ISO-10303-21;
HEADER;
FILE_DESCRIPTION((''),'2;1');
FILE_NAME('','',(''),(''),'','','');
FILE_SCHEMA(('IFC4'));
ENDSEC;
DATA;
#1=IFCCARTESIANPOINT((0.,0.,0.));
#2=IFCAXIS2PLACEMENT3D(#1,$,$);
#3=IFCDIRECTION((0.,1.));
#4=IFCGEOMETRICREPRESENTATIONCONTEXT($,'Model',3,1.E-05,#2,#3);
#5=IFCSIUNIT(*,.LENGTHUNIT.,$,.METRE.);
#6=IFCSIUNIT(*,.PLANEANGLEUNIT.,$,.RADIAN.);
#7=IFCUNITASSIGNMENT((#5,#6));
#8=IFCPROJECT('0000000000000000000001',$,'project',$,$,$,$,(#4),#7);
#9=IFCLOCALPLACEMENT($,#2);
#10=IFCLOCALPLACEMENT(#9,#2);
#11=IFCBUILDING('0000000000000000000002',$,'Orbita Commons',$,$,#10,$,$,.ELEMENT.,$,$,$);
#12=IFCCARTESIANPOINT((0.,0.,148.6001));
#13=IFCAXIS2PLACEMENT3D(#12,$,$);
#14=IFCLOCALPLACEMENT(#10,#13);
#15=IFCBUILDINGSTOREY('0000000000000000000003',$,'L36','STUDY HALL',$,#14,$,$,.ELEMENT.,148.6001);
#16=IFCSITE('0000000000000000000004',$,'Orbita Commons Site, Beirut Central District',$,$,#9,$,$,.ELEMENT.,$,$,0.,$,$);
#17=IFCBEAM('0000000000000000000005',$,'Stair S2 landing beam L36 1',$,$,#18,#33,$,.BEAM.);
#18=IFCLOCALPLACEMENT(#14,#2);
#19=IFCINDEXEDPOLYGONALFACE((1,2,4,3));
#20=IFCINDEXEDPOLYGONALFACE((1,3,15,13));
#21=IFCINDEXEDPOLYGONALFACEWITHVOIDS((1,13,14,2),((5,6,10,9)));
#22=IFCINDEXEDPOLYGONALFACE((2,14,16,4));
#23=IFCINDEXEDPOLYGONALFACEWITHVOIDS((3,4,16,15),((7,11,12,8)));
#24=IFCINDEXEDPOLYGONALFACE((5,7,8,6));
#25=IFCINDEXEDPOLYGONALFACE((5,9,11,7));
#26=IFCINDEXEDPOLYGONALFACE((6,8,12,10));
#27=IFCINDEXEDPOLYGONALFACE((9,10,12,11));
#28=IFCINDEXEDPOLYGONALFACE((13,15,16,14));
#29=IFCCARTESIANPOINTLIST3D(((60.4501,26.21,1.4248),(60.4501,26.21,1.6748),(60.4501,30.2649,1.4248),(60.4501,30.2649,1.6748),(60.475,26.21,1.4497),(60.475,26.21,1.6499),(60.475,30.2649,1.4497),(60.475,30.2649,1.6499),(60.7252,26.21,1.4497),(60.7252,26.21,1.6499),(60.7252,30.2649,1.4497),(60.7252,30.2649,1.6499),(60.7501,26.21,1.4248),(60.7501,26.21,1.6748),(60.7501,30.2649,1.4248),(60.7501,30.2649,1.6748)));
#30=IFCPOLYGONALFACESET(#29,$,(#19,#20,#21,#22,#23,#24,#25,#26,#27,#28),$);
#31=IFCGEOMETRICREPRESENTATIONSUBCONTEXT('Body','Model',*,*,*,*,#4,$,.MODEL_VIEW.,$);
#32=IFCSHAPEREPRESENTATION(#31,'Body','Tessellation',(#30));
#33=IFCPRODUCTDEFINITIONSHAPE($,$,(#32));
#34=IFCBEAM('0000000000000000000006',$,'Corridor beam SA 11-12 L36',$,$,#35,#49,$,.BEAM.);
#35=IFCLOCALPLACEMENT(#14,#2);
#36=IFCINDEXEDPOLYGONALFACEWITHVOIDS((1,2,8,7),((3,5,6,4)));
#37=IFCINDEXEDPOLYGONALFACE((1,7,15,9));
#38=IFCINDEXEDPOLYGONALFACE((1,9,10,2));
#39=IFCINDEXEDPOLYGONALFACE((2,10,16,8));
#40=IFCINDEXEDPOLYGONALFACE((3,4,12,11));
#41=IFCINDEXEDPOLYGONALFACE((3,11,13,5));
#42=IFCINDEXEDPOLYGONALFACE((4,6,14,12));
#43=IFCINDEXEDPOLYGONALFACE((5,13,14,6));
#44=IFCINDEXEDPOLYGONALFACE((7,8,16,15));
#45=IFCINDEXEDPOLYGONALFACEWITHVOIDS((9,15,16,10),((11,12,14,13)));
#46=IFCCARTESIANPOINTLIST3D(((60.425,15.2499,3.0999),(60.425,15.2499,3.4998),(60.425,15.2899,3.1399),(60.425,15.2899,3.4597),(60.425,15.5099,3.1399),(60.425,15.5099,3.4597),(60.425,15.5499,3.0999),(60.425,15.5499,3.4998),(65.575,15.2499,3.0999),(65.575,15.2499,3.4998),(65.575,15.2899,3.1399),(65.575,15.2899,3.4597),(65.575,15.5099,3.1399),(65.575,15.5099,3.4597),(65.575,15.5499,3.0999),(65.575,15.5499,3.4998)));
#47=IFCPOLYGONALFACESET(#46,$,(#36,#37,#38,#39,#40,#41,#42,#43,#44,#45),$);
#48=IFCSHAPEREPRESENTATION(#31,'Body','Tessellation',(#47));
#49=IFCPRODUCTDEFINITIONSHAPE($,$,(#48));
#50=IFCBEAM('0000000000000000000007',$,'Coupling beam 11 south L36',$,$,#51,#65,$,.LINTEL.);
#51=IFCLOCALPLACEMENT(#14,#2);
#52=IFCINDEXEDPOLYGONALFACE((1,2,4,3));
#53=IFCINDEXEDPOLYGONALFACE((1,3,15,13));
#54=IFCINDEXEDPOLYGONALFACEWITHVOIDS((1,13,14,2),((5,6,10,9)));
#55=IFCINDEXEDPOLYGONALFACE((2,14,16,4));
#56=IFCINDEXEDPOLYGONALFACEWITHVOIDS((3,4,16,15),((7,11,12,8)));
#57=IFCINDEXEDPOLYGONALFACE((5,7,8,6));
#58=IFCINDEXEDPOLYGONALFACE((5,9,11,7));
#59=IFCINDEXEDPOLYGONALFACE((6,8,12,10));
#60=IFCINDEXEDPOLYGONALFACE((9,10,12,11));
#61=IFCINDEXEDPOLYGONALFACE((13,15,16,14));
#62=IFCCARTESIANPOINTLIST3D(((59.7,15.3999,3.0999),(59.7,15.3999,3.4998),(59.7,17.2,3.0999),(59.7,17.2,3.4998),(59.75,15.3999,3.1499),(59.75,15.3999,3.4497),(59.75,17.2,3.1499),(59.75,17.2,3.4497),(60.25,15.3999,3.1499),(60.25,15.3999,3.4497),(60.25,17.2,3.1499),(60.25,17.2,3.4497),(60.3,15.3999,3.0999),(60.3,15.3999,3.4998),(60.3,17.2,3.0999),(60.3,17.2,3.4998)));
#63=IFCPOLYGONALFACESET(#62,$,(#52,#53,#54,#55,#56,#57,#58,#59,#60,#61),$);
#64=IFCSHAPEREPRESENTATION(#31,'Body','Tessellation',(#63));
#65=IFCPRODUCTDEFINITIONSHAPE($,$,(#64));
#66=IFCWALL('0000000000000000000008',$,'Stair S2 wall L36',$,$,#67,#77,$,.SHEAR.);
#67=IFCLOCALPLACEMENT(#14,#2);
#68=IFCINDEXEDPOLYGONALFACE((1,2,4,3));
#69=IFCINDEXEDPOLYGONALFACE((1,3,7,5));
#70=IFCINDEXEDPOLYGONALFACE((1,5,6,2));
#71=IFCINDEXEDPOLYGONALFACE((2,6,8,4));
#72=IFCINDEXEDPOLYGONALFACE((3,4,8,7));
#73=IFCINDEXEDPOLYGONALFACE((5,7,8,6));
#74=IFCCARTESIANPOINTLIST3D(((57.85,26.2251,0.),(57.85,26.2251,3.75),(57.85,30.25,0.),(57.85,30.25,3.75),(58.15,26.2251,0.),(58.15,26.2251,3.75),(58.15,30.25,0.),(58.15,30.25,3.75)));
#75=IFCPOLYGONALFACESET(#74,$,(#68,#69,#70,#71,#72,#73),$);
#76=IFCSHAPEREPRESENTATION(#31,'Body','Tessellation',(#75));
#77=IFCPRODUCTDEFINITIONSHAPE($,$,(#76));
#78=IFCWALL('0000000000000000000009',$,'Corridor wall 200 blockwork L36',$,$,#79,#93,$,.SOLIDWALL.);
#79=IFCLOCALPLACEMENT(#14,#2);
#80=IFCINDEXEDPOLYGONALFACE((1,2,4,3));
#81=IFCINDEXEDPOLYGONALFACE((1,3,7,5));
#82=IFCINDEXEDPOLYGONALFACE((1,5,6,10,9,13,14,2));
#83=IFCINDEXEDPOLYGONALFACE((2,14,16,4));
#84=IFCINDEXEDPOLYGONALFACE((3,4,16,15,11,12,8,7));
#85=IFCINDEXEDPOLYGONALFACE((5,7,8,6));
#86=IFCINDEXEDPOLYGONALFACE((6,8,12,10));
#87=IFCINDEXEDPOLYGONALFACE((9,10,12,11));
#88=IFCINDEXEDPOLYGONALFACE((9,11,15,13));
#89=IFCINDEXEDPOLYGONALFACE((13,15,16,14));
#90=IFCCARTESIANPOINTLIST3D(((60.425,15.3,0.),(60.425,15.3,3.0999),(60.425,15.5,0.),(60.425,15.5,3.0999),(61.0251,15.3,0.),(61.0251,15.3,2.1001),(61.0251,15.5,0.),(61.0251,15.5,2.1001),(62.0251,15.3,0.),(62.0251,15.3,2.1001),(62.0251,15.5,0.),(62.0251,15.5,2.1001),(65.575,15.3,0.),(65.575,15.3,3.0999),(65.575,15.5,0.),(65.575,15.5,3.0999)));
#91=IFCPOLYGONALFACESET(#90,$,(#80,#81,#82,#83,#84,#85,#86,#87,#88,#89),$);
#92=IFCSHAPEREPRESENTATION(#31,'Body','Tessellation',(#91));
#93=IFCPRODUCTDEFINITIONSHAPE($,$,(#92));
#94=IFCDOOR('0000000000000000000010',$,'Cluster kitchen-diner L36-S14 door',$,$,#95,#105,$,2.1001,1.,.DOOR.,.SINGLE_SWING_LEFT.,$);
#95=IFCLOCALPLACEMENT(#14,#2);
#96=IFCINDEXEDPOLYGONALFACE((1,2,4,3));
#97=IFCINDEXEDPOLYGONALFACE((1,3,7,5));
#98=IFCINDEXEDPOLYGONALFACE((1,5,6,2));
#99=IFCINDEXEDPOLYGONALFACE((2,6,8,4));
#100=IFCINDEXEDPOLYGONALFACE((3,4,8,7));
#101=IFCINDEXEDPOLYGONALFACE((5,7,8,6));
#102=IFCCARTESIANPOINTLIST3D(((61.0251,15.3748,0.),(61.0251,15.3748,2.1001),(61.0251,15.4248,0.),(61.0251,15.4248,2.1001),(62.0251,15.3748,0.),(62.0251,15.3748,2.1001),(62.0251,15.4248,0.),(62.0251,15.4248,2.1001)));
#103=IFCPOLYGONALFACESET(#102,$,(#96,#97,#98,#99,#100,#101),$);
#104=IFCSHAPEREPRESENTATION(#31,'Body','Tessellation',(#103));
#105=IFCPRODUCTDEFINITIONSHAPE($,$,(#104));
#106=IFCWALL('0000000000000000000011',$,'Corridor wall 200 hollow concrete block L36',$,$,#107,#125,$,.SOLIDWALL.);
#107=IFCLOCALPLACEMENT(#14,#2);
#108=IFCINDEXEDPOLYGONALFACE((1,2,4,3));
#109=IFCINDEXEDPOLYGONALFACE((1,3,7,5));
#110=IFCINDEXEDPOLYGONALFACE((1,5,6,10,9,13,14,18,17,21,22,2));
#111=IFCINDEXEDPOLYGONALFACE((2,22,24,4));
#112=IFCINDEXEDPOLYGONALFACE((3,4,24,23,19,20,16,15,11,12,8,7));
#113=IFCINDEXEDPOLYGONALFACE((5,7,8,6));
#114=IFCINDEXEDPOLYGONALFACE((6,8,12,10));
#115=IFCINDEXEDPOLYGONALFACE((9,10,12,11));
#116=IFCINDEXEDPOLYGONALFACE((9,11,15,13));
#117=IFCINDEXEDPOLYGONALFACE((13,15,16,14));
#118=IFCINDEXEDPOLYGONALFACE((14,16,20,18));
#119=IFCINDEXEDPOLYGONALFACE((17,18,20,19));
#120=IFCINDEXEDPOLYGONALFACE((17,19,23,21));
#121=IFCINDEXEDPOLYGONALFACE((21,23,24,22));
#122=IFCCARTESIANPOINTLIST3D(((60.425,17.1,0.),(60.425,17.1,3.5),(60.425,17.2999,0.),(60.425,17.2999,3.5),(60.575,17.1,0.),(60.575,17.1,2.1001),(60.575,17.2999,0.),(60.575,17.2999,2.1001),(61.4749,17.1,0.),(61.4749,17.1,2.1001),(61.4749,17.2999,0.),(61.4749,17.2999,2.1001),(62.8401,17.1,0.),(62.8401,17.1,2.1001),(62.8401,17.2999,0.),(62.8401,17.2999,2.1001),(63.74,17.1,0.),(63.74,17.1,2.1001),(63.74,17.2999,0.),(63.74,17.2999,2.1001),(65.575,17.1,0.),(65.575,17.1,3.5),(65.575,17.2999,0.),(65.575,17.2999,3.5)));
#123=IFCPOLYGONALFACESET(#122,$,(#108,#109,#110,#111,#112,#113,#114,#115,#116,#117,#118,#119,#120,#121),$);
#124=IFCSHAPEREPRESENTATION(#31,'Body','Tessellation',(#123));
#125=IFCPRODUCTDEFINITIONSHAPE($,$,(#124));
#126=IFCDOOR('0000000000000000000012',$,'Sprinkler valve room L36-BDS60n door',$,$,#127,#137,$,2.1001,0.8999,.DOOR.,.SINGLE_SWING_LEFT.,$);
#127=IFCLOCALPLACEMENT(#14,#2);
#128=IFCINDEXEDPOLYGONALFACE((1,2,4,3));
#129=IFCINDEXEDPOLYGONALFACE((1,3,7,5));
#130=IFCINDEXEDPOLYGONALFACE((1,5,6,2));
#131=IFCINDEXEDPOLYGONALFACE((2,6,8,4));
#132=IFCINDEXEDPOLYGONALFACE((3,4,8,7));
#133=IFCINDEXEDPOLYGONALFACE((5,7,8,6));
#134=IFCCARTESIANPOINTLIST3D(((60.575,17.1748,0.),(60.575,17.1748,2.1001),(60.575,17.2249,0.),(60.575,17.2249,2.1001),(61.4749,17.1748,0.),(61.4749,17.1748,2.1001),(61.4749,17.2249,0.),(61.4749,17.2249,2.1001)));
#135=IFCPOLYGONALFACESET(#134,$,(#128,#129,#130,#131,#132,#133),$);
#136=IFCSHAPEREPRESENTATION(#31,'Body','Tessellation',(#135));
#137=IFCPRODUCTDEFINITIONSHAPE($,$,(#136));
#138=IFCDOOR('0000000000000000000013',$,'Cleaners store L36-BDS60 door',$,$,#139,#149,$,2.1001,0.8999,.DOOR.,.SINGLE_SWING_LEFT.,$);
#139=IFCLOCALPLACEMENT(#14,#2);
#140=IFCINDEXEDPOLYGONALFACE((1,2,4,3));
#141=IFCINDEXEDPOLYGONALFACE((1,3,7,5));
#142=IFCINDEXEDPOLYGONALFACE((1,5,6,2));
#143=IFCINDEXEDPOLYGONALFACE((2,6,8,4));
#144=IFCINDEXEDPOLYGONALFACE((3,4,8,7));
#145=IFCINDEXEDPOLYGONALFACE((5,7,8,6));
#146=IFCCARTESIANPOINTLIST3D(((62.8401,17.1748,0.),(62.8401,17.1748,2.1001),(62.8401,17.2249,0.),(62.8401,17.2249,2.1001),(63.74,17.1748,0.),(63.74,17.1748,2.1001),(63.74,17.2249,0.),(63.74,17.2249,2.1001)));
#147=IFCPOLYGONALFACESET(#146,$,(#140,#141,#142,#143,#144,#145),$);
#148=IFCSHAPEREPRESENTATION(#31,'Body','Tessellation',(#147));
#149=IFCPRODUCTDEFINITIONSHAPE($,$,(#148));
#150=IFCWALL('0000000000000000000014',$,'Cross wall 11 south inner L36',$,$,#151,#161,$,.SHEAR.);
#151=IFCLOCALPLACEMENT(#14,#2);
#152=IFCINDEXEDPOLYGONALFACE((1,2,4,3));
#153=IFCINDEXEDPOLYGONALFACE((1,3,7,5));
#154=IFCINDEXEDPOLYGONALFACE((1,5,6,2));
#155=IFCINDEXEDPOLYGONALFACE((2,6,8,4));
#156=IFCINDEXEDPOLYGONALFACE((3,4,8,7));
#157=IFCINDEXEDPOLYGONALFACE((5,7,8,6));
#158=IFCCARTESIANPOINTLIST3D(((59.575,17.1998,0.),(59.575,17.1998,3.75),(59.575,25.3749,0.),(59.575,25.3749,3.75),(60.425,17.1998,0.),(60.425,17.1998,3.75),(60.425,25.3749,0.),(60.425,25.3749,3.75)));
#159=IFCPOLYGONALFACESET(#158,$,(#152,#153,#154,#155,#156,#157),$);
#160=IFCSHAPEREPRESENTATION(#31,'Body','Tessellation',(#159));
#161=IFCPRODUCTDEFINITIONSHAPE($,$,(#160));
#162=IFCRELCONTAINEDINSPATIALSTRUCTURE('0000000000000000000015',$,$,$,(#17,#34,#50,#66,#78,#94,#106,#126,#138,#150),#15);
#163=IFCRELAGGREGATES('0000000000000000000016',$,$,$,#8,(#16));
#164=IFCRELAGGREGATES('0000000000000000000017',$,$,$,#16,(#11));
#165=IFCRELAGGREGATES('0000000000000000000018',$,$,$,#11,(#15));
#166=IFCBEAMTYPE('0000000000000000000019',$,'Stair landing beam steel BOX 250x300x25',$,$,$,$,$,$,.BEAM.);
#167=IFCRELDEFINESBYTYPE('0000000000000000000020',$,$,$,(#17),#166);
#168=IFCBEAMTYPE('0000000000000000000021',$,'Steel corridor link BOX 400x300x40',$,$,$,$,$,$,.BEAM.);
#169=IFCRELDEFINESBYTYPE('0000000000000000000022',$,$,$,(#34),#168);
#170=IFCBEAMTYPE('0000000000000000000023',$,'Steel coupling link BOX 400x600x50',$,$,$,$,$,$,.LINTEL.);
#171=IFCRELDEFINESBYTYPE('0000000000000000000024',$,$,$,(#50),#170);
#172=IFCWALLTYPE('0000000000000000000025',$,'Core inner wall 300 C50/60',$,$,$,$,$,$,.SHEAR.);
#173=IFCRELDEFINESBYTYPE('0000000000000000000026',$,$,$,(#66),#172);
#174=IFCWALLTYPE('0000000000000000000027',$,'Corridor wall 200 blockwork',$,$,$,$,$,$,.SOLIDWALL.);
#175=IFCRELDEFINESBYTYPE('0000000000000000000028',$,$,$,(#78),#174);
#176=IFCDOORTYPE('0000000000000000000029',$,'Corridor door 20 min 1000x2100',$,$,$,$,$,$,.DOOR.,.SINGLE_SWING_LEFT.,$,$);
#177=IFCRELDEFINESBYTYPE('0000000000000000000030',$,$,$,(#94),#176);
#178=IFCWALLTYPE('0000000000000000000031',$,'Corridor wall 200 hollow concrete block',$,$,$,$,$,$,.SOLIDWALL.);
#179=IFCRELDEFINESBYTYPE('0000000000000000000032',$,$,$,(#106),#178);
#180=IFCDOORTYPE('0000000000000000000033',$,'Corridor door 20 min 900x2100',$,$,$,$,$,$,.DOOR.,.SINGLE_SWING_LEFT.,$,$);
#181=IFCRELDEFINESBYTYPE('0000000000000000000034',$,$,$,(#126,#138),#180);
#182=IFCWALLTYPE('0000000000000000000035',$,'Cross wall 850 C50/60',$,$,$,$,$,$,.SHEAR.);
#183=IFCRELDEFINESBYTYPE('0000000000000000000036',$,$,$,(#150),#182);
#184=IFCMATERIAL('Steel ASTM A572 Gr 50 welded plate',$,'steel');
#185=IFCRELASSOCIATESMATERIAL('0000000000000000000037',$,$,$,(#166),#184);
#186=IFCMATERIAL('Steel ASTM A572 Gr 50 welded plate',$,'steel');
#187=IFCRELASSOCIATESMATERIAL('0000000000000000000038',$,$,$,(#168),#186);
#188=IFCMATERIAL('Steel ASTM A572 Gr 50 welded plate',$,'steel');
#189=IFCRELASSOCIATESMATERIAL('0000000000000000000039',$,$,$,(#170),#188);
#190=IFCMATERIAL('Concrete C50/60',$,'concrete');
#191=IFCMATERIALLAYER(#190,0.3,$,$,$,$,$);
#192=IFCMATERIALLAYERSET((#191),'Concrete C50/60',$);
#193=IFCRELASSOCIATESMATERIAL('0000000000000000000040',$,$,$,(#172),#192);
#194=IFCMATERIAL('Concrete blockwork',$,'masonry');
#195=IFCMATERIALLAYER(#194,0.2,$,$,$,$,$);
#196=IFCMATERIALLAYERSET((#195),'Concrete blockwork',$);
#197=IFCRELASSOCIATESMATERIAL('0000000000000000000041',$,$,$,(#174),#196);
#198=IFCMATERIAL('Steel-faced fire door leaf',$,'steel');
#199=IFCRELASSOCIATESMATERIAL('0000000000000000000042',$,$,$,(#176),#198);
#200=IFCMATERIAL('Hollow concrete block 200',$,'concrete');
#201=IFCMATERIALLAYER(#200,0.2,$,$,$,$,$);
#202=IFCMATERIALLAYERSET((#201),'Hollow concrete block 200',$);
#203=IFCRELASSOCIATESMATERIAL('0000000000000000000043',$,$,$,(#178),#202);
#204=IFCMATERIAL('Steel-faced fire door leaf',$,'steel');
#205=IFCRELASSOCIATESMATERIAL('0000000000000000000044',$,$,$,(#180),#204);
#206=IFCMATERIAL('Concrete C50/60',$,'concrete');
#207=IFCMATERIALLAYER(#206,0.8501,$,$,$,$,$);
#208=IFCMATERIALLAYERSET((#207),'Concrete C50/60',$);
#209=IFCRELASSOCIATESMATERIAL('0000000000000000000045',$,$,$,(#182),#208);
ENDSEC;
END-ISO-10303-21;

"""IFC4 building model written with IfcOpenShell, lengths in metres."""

from ifc_helpers import new_model, si_unit, direction, frame, frame_2d, origin, origin_2d, place, context, subcontext, project, spatial, polyline, rectangle, hollow_rectangle, outline, extrude, material, layer, layer_set, material_profile, profile_set, type_object, element, fill, save


model = new_model("IFC4")

# Units and contexts
model_context = context("Model", 3, precision=1e-05, world=origin(), true_north=direction((0.0, 1.0)))
body_context = subcontext(model_context, "Body", "Model", "MODEL_VIEW")
ifc_project = project(units=[si_unit("LENGTHUNIT", "METRE"), si_unit("PLANEANGLEUNIT", "RADIAN")], contexts=[model_context])

# Site, building, storey
site_placement = place(None, origin())
site = spatial("IfcSite", under=ifc_project, at=site_placement, Name="Orbita Commons Site, Beirut Central District", CompositionType="ELEMENT", RefElevation=0.0)
building_placement = place(site_placement, origin())
building = spatial("IfcBuilding", under=site, at=building_placement, Name="Orbita Commons", CompositionType="ELEMENT")
storey_placement = place(building_placement, frame((0.0, 0.0, 148.6001)))
storey = spatial("IfcBuildingStorey", under=building, at=storey_placement, Name="L36", Description="STUDY HALL", CompositionType="ELEMENT", Elevation=148.6001)

# Beams
ifc_material_1 = material(Name="Steel ASTM A572 Gr 50 welded plate", Category="steel")
ifc_material_profile_1 = material_profile(ifc_material_1, hollow_rectangle(XDim=0.3, YDim=0.25, WallThickness=0.0249, at=origin_2d()), Name="BOX 250x300x25")
ifc_profile_set_1 = profile_set([ifc_material_profile_1], Name="Steel ASTM A572 Gr 50 welded plate")
beam_type_1 = type_object("IfcBeamType", Name="Stair landing beam steel BOX 250x300x25", PredefinedType="BEAM", material=ifc_profile_set_1)
beam_1_placement = place(storey_placement, frame((60.6001, 26.21, 1.5498), z_axis=(0.0, 1.0, 0.0), x_axis=(-1.0, 0.0, 0.0)))
element("IfcBeam", 1, at=beam_1_placement, inside=storey, type_object=beam_type_1, Name="Stair S2 landing beam L36 1", PredefinedType="BEAM", context=body_context, shape_type="SweptSolid", body=[
    extrude(hollow_rectangle(XDim=0.3, YDim=0.25, WallThickness=0.0249, at=origin_2d()), origin(), (0.0, 0.0, 1.0), 4.0549),
])
ifc_material_2 = material(Name="Steel ASTM A572 Gr 50 welded plate", Category="steel")
ifc_material_profile_2 = material_profile(ifc_material_2, hollow_rectangle(XDim=0.3, YDim=0.3999, WallThickness=0.04, at=origin_2d()), Name="BOX 400x300x40")
ifc_profile_set_2 = profile_set([ifc_material_profile_2], Name="Steel ASTM A572 Gr 50 welded plate")
beam_type_2 = type_object("IfcBeamType", Name="Steel corridor link BOX 400x300x40", PredefinedType="BEAM", material=ifc_profile_set_2)
beam_2_placement = place(storey_placement, frame((60.425, 15.3999, 3.2998), z_axis=(1.0, 0.0, 0.0), x_axis=(0.0, 1.0, 0.0)))
element("IfcBeam", 2, at=beam_2_placement, inside=storey, type_object=beam_type_2, Name="Corridor beam SA 11-12 L36", PredefinedType="BEAM", context=body_context, shape_type="SweptSolid", body=[
    extrude(hollow_rectangle(XDim=0.3, YDim=0.3999, WallThickness=0.04, at=origin_2d()), origin(), (0.0, 0.0, 1.0), 5.1499),
])
ifc_material_3 = material(Name="Steel ASTM A572 Gr 50 welded plate", Category="steel")
ifc_material_profile_3 = material_profile(ifc_material_3, hollow_rectangle(XDim=0.6001, YDim=0.3999, WallThickness=0.05, at=origin_2d()), Name="BOX 400x600x50")
ifc_profile_set_3 = profile_set([ifc_material_profile_3], Name="Steel ASTM A572 Gr 50 welded plate")
beam_type_3 = type_object("IfcBeamType", Name="Steel coupling link BOX 400x600x50", PredefinedType="LINTEL", material=ifc_profile_set_3)
beam_3_placement = place(storey_placement, frame((60.0, 15.3999, 3.2998), z_axis=(0.0, 1.0, 0.0), x_axis=(-1.0, 0.0, 0.0)))
element("IfcBeam", 3, at=beam_3_placement, inside=storey, type_object=beam_type_3, Name="Coupling beam 11 south L36", PredefinedType="LINTEL", context=body_context, shape_type="SweptSolid", body=[
    extrude(hollow_rectangle(XDim=0.6001, YDim=0.3999, WallThickness=0.05, at=origin_2d()), origin(), (0.0, 0.0, 1.0), 1.8),
])

# Wall
ifc_material_4 = material(Name="Concrete C50/60", Category="concrete")
ifc_layer_1 = layer(ifc_material_4, 0.3)
ifc_layer_set_1 = layer_set([ifc_layer_1], Name="Concrete C50/60")
wall_type_1 = type_object("IfcWallType", Name="Core inner wall 300 C50/60", PredefinedType="SHEAR", material=ifc_layer_set_1)
wall_1_placement = place(storey_placement, frame((58.0, 26.2251, 0.0), z_axis=(0.0, 0.0, 1.0), x_axis=(0.0, 1.0, 0.0)))
element("IfcWall", 4, at=wall_1_placement, inside=storey, type_object=wall_type_1, Name="Stair S2 wall L36", PredefinedType="SHEAR", context=body_context, shape_type="SweptSolid", body=[
    extrude(rectangle(XDim=4.0249, YDim=0.3, at=frame_2d((2.0125, 0.0))), origin(), (0.0, 0.0, 1.0), 3.75),
])

# Wall, opening, door
ifc_material_5 = material(Name="Concrete blockwork", Category="masonry")
ifc_layer_2 = layer(ifc_material_5, 0.2)
ifc_layer_set_2 = layer_set([ifc_layer_2], Name="Concrete blockwork")
wall_type_2 = type_object("IfcWallType", Name="Corridor wall 200 blockwork", PredefinedType="SOLIDWALL", material=ifc_layer_set_2)
wall_2_placement = place(storey_placement, frame((60.425, 15.3999, 0.0), z_axis=(0.0, 0.0, 1.0), x_axis=(1.0, 0.0, 0.0)))
wall_2 = element("IfcWall", 5, at=wall_2_placement, inside=storey, type_object=wall_type_2, Name="Corridor wall 200 blockwork L36", PredefinedType="SOLIDWALL", context=body_context, shape_type="SweptSolid", body=[
    extrude(outline(polyline([(0.0, 0.0), (5.1499, 0.0), (5.1499, 3.0999), (0.0, 3.0999), (0.0, 0.0)])), frame((0.0, 0.1001, 0.0), z_axis=(0.0, -1.0, 0.0), x_axis=(1.0, 0.0, 0.0)), (0.0, 0.0, 1.0), 0.2),
])
opening_1_placement = place(wall_2_placement, frame((0.6001, 0.0, 0.0)))
opening_1 = element("IfcOpeningElement", 6, at=opening_1_placement, cuts=wall_2, PredefinedType="OPENING", context=body_context, shape_type="SweptSolid", body=[
    extrude(rectangle(XDim=1.0, YDim=2.1001, at=frame_2d((0.5, 1.05))), frame((0.0, 0.1099, 0.0), z_axis=(0.0, -1.0, 0.0), x_axis=(1.0, 0.0, 0.0)), (0.0, 0.0, 1.0), 0.22),
])
ifc_material_6 = material(Name="Steel-faced fire door leaf", Category="steel")
door_type_1 = type_object("IfcDoorType", Name="Corridor door 20 min 1000x2100", OperationType="SINGLE_SWING_LEFT", PredefinedType="DOOR", material=ifc_material_6)
door_1_placement = place(opening_1_placement, origin())
door_1 = element("IfcDoor", 7, at=door_1_placement, inside=storey, type_object=door_type_1, Name="Cluster kitchen-diner L36-S14 door", OperationType="SINGLE_SWING_LEFT", OverallHeight=2.1001, OverallWidth=1.0, PredefinedType="DOOR", context=body_context, shape_type="SweptSolid", body=[
    extrude(rectangle(XDim=1.0, YDim=2.1001, at=frame_2d((0.5, 1.05))), frame((0.0, 0.0249, 0.0), z_axis=(0.0, -1.0, 0.0), x_axis=(1.0, 0.0, 0.0)), (0.0, 0.0, 1.0), 0.05),
])
fill(opening_1, door_1)

# Wall, openings, doors
ifc_material_7 = material(Name="Hollow concrete block 200", Category="concrete")
ifc_layer_3 = layer(ifc_material_7, 0.2)
ifc_layer_set_3 = layer_set([ifc_layer_3], Name="Hollow concrete block 200")
wall_type_3 = type_object("IfcWallType", Name="Corridor wall 200 hollow concrete block", PredefinedType="SOLIDWALL", material=ifc_layer_set_3)
wall_3_placement = place(storey_placement, frame((60.425, 17.2, 0.0), z_axis=(0.0, 0.0, 1.0), x_axis=(1.0, 0.0, 0.0)))
wall_3 = element("IfcWall", 8, at=wall_3_placement, inside=storey, type_object=wall_type_3, Name="Corridor wall 200 hollow concrete block L36", PredefinedType="SOLIDWALL", context=body_context, shape_type="SweptSolid", body=[
    extrude(rectangle(XDim=5.1499, YDim=0.2, at=frame_2d((2.575, 0.0))), origin(), (0.0, 0.0, 1.0), 3.5),
])
opening_2_placement = place(wall_3_placement, frame((0.1499, 0.0, 0.0)))
opening_2 = element("IfcOpeningElement", 9, at=opening_2_placement, cuts=wall_3, PredefinedType="OPENING", context=body_context, shape_type="SweptSolid", body=[
    extrude(rectangle(XDim=0.8999, YDim=2.1001, at=frame_2d((0.45, 1.05))), frame((0.0, 0.1099, 0.0), z_axis=(0.0, -1.0, 0.0), x_axis=(1.0, 0.0, 0.0)), (0.0, 0.0, 1.0), 0.22),
])
opening_3_placement = place(wall_3_placement, frame((2.415, 0.0, 0.0)))
opening_3 = element("IfcOpeningElement", 10, at=opening_3_placement, cuts=wall_3, PredefinedType="OPENING", context=body_context, shape_type="SweptSolid", body=[
    extrude(rectangle(XDim=0.8999, YDim=2.1001, at=frame_2d((0.45, 1.05))), frame((0.0, 0.1099, 0.0), z_axis=(0.0, -1.0, 0.0), x_axis=(1.0, 0.0, 0.0)), (0.0, 0.0, 1.0), 0.22),
])
ifc_material_8 = material(Name="Steel-faced fire door leaf", Category="steel")
door_type_2 = type_object("IfcDoorType", Name="Corridor door 20 min 900x2100", OperationType="SINGLE_SWING_LEFT", PredefinedType="DOOR", material=ifc_material_8)
door_2_placement = place(opening_2_placement, origin())
door_2 = element("IfcDoor", 11, at=door_2_placement, inside=storey, type_object=door_type_2, Name="Sprinkler valve room L36-BDS60n door", OperationType="SINGLE_SWING_LEFT", OverallHeight=2.1001, OverallWidth=0.8999, PredefinedType="DOOR", context=body_context, shape_type="SweptSolid", body=[
    extrude(rectangle(XDim=0.8999, YDim=2.1001, at=frame_2d((0.45, 1.05))), frame((0.0, 0.0249, 0.0), z_axis=(0.0, -1.0, 0.0), x_axis=(1.0, 0.0, 0.0)), (0.0, 0.0, 1.0), 0.05),
])
fill(opening_2, door_2)
door_3_placement = place(opening_3_placement, origin())
door_3 = element("IfcDoor", 12, at=door_3_placement, inside=storey, type_object=door_type_2, Name="Cleaners store L36-BDS60 door", OperationType="SINGLE_SWING_LEFT", OverallHeight=2.1001, OverallWidth=0.8999, PredefinedType="DOOR", context=body_context, shape_type="SweptSolid", body=[
    extrude(rectangle(XDim=0.8999, YDim=2.1001, at=frame_2d((0.45, 1.05))), frame((0.0, 0.0249, 0.0), z_axis=(0.0, -1.0, 0.0), x_axis=(1.0, 0.0, 0.0)), (0.0, 0.0, 1.0), 0.05),
])
fill(opening_3, door_3)

# Wall
ifc_material_9 = material(Name="Concrete C50/60", Category="concrete")
ifc_layer_4 = layer(ifc_material_9, 0.8501)
ifc_layer_set_4 = layer_set([ifc_layer_4], Name="Concrete C50/60")
wall_type_4 = type_object("IfcWallType", Name="Cross wall 850 C50/60", PredefinedType="SHEAR", material=ifc_layer_set_4)
wall_4_placement = place(storey_placement, frame((60.0, 17.2, 0.0), z_axis=(0.0, 0.0, 1.0), x_axis=(0.0, 1.0, 0.0)))
element("IfcWall", 13, at=wall_4_placement, inside=storey, type_object=wall_type_4, Name="Cross wall 11 south inner L36", PredefinedType="SHEAR", context=body_context, shape_type="SweptSolid", body=[
    extrude(rectangle(XDim=8.175, YDim=0.8501, at=frame_2d((4.0874, 0.0))), origin(), (0.0, 0.0, 1.0), 3.75),
])

save(model, "model.ifc")
